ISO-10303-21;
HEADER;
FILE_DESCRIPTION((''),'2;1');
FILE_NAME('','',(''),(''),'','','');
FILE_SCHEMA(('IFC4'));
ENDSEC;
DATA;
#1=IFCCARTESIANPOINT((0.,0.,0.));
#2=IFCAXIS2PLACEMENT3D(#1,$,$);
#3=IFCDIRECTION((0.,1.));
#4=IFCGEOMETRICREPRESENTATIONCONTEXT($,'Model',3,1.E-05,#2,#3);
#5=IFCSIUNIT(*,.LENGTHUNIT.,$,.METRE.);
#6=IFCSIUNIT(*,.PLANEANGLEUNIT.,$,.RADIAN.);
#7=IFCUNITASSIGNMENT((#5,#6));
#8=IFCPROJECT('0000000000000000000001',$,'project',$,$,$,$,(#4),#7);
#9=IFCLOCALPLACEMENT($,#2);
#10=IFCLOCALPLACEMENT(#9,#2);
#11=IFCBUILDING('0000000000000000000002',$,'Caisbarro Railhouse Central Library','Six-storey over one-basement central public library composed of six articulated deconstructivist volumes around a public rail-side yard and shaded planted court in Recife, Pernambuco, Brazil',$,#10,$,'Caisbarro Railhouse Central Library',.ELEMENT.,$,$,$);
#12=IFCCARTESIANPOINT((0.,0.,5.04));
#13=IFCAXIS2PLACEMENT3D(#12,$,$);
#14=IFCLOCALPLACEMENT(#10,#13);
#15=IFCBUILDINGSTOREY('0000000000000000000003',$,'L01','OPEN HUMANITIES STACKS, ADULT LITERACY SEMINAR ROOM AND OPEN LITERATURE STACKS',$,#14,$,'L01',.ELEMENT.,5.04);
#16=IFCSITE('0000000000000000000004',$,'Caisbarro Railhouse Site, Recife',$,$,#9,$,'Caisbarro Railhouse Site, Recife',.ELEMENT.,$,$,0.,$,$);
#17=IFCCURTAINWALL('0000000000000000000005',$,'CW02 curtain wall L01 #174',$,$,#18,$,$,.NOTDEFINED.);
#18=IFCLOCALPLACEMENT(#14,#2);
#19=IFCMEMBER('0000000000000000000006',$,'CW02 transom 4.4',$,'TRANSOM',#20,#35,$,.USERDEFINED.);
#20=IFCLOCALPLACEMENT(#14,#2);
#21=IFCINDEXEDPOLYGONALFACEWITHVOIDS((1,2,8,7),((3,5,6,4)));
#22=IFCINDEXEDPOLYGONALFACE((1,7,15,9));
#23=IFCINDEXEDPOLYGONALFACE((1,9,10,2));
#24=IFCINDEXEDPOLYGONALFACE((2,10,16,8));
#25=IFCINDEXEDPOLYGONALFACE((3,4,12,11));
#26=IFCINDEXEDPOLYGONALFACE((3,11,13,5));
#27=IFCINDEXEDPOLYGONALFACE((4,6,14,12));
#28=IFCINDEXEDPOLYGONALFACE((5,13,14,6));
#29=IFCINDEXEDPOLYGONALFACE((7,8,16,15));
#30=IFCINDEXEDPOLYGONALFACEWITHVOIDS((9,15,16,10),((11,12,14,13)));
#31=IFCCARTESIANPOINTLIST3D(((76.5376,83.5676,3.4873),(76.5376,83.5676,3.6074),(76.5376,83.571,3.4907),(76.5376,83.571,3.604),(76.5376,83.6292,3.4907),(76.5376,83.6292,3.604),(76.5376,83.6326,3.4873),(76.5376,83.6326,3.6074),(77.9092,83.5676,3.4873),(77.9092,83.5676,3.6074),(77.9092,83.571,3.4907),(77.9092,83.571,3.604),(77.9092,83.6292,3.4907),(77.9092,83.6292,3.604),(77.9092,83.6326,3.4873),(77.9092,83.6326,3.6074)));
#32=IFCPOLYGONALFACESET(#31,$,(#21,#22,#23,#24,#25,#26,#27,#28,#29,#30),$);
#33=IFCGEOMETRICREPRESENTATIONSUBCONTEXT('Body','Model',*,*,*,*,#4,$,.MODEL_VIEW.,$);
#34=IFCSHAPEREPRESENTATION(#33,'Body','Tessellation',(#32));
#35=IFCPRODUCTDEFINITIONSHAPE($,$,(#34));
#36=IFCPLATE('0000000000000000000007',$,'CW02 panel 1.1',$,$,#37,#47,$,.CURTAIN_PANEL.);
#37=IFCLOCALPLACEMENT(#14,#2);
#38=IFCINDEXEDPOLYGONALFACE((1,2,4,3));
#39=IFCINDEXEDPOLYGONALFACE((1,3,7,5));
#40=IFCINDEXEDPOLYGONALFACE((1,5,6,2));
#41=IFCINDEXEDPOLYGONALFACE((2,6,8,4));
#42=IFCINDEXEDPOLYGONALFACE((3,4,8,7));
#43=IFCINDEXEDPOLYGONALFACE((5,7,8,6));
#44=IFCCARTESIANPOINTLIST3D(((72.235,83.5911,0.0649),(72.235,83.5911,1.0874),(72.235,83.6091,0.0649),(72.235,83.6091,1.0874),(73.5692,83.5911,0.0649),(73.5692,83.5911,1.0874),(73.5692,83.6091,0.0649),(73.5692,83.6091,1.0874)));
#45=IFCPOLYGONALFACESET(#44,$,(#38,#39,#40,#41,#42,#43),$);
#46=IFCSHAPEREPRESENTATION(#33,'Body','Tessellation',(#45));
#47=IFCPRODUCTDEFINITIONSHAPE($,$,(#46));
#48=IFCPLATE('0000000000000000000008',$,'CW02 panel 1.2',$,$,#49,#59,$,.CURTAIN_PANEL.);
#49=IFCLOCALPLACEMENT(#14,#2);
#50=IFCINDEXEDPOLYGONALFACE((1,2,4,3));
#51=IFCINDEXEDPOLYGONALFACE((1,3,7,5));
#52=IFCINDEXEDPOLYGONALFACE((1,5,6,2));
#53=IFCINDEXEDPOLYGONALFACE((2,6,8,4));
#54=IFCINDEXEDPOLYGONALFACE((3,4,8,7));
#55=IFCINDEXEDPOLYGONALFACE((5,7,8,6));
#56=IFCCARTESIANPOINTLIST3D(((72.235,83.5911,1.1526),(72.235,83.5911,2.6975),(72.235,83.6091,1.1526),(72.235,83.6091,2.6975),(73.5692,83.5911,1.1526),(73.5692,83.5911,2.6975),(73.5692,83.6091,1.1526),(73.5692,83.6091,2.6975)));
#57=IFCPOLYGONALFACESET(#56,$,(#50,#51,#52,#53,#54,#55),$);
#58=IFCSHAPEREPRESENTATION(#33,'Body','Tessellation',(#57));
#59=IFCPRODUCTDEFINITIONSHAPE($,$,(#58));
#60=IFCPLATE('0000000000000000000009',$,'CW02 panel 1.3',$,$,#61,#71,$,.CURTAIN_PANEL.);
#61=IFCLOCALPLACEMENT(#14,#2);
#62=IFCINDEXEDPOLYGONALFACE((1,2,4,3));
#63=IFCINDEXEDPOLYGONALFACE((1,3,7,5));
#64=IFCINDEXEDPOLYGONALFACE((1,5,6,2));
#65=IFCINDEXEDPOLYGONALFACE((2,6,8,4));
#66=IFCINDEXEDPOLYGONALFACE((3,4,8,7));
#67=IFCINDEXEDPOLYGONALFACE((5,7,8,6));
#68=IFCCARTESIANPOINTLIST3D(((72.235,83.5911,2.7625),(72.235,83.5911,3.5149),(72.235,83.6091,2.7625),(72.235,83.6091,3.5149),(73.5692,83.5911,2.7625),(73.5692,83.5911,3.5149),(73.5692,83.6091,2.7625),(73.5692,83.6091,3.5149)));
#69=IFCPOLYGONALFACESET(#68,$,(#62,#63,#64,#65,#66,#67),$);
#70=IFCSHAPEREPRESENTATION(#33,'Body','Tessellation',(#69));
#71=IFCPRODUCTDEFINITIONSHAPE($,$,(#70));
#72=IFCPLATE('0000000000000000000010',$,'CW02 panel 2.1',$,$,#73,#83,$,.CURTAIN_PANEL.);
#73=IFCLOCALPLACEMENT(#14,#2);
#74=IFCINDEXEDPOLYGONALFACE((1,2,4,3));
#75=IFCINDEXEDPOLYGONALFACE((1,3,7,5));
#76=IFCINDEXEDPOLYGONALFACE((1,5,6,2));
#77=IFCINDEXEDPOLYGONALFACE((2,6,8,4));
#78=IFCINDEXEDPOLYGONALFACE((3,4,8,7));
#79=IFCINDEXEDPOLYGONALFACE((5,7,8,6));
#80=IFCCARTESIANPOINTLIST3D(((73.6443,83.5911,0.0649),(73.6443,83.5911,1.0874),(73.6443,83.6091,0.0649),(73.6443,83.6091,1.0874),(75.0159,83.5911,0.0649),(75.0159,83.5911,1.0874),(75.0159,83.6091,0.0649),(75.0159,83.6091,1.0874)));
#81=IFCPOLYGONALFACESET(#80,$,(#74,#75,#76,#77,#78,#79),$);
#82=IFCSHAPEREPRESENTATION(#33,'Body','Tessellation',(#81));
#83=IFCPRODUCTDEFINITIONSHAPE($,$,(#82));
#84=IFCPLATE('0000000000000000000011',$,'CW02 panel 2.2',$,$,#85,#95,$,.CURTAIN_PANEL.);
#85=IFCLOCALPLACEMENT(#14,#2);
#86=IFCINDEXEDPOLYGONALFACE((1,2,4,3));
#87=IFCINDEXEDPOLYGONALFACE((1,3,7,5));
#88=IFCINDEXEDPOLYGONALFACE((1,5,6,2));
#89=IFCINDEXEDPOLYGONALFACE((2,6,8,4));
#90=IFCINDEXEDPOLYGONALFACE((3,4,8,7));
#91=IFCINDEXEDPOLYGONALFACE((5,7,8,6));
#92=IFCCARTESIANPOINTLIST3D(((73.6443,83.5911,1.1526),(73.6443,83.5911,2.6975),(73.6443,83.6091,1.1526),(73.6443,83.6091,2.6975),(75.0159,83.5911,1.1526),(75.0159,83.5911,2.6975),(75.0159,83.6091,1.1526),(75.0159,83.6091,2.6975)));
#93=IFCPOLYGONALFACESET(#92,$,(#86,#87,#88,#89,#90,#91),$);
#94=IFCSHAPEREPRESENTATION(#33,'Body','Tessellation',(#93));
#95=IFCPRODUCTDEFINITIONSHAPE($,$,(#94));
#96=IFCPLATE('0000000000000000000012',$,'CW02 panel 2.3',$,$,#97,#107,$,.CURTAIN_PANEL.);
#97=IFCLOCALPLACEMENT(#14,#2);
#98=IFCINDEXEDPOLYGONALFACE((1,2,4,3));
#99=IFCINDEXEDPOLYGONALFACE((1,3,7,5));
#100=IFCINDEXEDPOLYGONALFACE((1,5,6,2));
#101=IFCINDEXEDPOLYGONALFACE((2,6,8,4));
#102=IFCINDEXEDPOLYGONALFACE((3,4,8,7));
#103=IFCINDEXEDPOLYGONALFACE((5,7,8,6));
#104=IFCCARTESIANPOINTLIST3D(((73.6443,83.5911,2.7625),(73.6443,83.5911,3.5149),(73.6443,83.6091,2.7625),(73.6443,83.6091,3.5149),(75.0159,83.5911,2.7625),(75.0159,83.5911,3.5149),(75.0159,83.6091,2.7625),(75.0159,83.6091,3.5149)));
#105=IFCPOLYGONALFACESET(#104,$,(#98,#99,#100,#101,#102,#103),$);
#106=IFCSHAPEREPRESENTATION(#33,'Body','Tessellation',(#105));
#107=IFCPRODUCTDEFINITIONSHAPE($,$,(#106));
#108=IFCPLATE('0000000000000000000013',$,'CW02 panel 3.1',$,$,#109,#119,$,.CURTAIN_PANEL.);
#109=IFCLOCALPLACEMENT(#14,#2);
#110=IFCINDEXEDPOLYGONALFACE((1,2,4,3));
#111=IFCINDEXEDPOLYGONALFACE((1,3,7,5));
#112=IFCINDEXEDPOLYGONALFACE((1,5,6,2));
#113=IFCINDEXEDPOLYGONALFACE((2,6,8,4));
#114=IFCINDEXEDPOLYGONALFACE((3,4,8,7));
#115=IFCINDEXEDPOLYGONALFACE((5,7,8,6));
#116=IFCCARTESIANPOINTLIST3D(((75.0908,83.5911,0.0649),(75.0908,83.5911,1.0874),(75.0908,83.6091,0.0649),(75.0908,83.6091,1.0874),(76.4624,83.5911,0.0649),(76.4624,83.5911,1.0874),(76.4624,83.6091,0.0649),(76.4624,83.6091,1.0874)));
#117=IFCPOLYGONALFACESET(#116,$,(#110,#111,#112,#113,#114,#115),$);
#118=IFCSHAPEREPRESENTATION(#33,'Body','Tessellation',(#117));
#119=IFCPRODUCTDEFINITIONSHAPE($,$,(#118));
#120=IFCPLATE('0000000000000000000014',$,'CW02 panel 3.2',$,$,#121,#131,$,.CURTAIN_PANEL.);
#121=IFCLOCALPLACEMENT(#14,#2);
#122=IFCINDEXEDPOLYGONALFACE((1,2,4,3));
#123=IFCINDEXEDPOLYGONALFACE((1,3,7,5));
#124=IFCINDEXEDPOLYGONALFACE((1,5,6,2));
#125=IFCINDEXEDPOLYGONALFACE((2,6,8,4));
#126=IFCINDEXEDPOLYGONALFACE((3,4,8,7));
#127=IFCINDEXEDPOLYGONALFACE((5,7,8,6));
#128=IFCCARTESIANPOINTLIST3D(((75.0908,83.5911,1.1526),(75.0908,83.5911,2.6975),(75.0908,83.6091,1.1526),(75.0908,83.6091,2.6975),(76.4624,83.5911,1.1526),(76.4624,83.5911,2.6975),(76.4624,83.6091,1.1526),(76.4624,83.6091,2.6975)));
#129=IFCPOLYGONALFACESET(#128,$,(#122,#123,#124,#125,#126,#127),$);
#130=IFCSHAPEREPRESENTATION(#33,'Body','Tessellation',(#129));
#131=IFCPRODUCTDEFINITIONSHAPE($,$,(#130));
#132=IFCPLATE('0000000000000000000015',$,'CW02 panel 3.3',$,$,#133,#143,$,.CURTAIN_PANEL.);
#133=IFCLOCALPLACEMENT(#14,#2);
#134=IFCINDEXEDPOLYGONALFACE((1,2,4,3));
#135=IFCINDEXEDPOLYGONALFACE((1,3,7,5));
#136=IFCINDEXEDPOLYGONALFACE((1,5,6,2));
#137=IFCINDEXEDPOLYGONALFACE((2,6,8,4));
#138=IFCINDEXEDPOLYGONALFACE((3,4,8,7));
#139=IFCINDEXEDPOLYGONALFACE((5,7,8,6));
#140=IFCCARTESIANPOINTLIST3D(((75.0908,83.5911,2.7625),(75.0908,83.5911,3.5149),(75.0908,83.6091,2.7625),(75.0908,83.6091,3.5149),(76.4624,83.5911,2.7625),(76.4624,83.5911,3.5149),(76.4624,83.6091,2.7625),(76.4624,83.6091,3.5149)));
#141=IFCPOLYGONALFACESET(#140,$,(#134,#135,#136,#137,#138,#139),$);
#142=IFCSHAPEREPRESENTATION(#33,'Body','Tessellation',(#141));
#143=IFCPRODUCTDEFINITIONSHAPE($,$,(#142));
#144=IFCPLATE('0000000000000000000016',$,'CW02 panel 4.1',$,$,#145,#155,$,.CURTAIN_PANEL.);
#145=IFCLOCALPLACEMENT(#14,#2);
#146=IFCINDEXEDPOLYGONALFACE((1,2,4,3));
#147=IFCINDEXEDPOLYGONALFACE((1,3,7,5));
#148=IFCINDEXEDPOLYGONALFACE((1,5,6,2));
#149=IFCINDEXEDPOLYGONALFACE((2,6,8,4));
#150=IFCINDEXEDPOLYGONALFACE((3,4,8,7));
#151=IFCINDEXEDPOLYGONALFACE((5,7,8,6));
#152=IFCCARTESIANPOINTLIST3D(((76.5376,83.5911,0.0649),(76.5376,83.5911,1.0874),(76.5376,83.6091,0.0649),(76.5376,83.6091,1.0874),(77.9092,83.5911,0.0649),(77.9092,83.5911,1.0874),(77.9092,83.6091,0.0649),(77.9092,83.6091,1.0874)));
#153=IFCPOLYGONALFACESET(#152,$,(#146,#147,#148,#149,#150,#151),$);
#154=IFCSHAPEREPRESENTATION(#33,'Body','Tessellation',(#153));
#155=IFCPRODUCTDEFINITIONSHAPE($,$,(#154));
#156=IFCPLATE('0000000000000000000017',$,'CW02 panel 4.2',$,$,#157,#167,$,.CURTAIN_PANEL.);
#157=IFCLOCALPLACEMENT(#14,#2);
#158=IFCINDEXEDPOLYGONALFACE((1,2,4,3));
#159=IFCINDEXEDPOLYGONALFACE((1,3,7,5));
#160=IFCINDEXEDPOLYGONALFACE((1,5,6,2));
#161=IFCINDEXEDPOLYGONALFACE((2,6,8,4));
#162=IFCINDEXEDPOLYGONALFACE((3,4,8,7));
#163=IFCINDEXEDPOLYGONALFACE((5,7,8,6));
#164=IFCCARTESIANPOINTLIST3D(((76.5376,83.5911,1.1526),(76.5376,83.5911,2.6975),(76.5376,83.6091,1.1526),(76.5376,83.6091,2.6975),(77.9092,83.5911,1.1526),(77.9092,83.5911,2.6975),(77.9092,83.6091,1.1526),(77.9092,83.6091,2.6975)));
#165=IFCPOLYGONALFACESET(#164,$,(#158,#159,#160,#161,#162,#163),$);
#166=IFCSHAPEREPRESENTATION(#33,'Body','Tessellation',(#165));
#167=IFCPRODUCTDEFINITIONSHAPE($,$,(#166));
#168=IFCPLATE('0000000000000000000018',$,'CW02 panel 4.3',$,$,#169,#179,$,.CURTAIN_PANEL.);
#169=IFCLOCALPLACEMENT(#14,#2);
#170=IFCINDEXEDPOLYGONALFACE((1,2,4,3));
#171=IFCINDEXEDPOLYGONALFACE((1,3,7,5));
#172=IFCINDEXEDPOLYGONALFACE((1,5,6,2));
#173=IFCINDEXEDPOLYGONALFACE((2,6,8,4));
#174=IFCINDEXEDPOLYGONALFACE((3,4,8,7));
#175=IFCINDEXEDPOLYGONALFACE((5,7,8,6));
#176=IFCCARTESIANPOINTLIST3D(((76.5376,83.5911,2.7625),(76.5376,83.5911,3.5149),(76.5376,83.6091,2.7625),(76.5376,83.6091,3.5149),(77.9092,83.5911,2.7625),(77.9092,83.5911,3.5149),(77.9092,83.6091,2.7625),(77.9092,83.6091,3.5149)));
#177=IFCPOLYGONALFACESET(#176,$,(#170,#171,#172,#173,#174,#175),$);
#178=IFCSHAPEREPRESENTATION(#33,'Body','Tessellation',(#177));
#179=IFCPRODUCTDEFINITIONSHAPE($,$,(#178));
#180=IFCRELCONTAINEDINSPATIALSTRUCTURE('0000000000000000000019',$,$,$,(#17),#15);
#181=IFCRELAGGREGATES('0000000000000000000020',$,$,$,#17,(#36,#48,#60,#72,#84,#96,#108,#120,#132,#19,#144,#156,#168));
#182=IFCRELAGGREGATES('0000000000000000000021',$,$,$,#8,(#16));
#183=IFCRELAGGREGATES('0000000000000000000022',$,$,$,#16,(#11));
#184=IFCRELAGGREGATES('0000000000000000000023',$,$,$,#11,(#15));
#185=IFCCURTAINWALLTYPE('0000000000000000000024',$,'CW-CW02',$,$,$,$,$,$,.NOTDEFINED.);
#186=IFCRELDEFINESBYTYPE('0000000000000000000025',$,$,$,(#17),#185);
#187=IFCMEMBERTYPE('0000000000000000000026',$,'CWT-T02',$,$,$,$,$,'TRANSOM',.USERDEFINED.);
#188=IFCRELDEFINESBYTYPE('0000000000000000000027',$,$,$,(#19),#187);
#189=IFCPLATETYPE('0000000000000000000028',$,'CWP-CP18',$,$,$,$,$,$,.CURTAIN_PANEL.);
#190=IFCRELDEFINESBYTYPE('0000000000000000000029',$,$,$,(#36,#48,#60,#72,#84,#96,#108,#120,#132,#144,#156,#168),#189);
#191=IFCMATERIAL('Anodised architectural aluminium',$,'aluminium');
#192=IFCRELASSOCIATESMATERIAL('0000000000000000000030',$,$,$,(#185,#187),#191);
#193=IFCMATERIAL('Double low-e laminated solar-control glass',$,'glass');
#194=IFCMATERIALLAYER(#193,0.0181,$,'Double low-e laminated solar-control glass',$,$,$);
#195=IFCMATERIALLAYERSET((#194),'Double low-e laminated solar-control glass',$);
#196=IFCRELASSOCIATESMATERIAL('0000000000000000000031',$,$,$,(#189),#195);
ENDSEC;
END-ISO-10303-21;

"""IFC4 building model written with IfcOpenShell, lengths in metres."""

from ifc_helpers import new_model, si_unit, direction, frame, origin, origin_2d, place, context, subcontext, project, spatial, rectangle, hollow_rectangle, extrude, material, layer, layer_set, material_profile, profile_set, type_object, element, aggregate, save


model = new_model("IFC4")

# Units and contexts
model_context = context("Model", 3, precision=1e-05, world=origin(), true_north=direction((0.0, 1.0)))
body_context = subcontext(model_context, "Body", "Model", "MODEL_VIEW")
ifc_project = project(units=[si_unit("LENGTHUNIT", "METRE"), si_unit("PLANEANGLEUNIT", "RADIAN")], contexts=[model_context])

# Site, building, storey
site_placement = place(None, origin())
site = spatial("IfcSite", under=ifc_project, at=site_placement, Name="Caisbarro Railhouse Site, Recife", LongName="Caisbarro Railhouse Site, Recife", CompositionType="ELEMENT", RefElevation=0.0)
building_placement = place(site_placement, origin())
building = spatial("IfcBuilding", under=site, at=building_placement, Name="Caisbarro Railhouse Central Library", Description="Six-storey over one-basement central public library composed of six articulated deconstructivist volumes around a public rail-side yard and shaded planted court in Recife, Pernambuco, Brazil", LongName="Caisbarro Railhouse Central Library", CompositionType="ELEMENT")
storey_placement = place(building_placement, frame((0.0, 0.0, 5.04)))
storey = spatial("IfcBuildingStorey", under=building, at=storey_placement, Name="L01", Description="OPEN HUMANITIES STACKS, ADULT LITERACY SEMINAR ROOM AND OPEN LITERATURE STACKS", LongName="L01", CompositionType="ELEMENT", Elevation=5.04)

# Curtain wall, member, plates
ifc_material_1 = material(Name="Anodised architectural aluminium", Category="aluminium")
curtain_wall_type = type_object("IfcCurtainWallType", Name="CW-CW02", PredefinedType="NOTDEFINED", material=ifc_material_1)
curtain_wall_placement = place(storey_placement, origin())
curtain_wall = element("IfcCurtainWall", 1, at=curtain_wall_placement, inside=storey, type_object=curtain_wall_type, Name="CW02 curtain wall L01 #174", PredefinedType="NOTDEFINED")
ifc_material_profile_1 = material_profile(ifc_material_1, hollow_rectangle(XDim=0.0649, YDim=0.1201, WallThickness=0.0034, at=origin_2d()), Name="ALU-TRN-65X120")
ifc_profile_set_1 = profile_set([ifc_material_profile_1], Name="Anodised architectural aluminium")
member_type_1 = type_object("IfcMemberType", Name="CWT-T02", ElementType="TRANSOM", PredefinedType="USERDEFINED", material=ifc_profile_set_1)
member_1_placement = place(storey_placement, frame((76.5376, 83.6001, 3.5474), z_axis=(1.0, 0.0, 0.0), x_axis=(0.0, 1.0, 0.0)))
member_1 = element("IfcMember", 2, at=member_1_placement, type_object=member_type_1, Name="CW02 transom 4.4", ObjectType="TRANSOM", PredefinedType="USERDEFINED", context=body_context, shape_type="SweptSolid", body=[
    extrude(hollow_rectangle(XDim=0.0649, YDim=0.1201, WallThickness=0.0034, at=origin_2d()), origin(), (0.0, 0.0, 1.0), 1.3716),
])
ifc_material_2 = material(Name="Double low-e laminated solar-control glass", Category="glass")
ifc_layer = layer(ifc_material_2, 0.0181, Name="Double low-e laminated solar-control glass")
ifc_layer_set = layer_set([ifc_layer], Name="Double low-e laminated solar-control glass")
plate_type = type_object("IfcPlateType", Name="CWP-CP18", PredefinedType="CURTAIN_PANEL", material=ifc_layer_set)
plate_1_placement = place(storey_placement, frame((72.9021, 83.6001, 0.0649), z_axis=(0.0, 0.0, 1.0), x_axis=(1.0, 0.0, 0.0)))
plate_1 = element("IfcPlate", 3, at=plate_1_placement, type_object=plate_type, Name="CW02 panel 1.1", PredefinedType="CURTAIN_PANEL", context=body_context, shape_type="SweptSolid", body=[
    extrude(rectangle(XDim=1.3342, YDim=0.0181, at=origin_2d()), origin(), (0.0, 0.0, 1.0), 1.0225),
])
plate_2_placement = place(storey_placement, frame((72.9021, 83.6001, 1.1526), z_axis=(0.0, 0.0, 1.0), x_axis=(1.0, 0.0, 0.0)))
plate_2 = element("IfcPlate", 4, at=plate_2_placement, type_object=plate_type, Name="CW02 panel 1.2", PredefinedType="CURTAIN_PANEL", context=body_context, shape_type="SweptSolid", body=[
    extrude(rectangle(XDim=1.3342, YDim=0.0181, at=origin_2d()), origin(), (0.0, 0.0, 1.0), 1.5449),
])
plate_3_placement = place(storey_placement, frame((72.9021, 83.6001, 2.7625), z_axis=(0.0, 0.0, 1.0), x_axis=(1.0, 0.0, 0.0)))
plate_3 = element("IfcPlate", 5, at=plate_3_placement, type_object=plate_type, Name="CW02 panel 1.3", PredefinedType="CURTAIN_PANEL", context=body_context, shape_type="SweptSolid", body=[
    extrude(rectangle(XDim=1.3342, YDim=0.0181, at=origin_2d()), origin(), (0.0, 0.0, 1.0), 0.7524),
])
plate_4_placement = place(storey_placement, frame((74.3301, 83.6001, 0.0649), z_axis=(0.0, 0.0, 1.0), x_axis=(1.0, 0.0, 0.0)))
plate_4 = element("IfcPlate", 6, at=plate_4_placement, type_object=plate_type, Name="CW02 panel 2.1", PredefinedType="CURTAIN_PANEL", context=body_context, shape_type="SweptSolid", body=[
    extrude(rectangle(XDim=1.3716, YDim=0.0181, at=origin_2d()), origin(), (0.0, 0.0, 1.0), 1.0225),
])
plate_5_placement = place(storey_placement, frame((74.3301, 83.6001, 1.1526), z_axis=(0.0, 0.0, 1.0), x_axis=(1.0, 0.0, 0.0)))
plate_5 = element("IfcPlate", 7, at=plate_5_placement, type_object=plate_type, Name="CW02 panel 2.2", PredefinedType="CURTAIN_PANEL", context=body_context, shape_type="SweptSolid", body=[
    extrude(rectangle(XDim=1.3716, YDim=0.0181, at=origin_2d()), origin(), (0.0, 0.0, 1.0), 1.5449),
])
plate_6_placement = place(storey_placement, frame((74.3301, 83.6001, 2.7625), z_axis=(0.0, 0.0, 1.0), x_axis=(1.0, 0.0, 0.0)))
plate_6 = element("IfcPlate", 8, at=plate_6_placement, type_object=plate_type, Name="CW02 panel 2.3", PredefinedType="CURTAIN_PANEL", context=body_context, shape_type="SweptSolid", body=[
    extrude(rectangle(XDim=1.3716, YDim=0.0181, at=origin_2d()), origin(), (0.0, 0.0, 1.0), 0.7524),
])
plate_7_placement = place(storey_placement, frame((75.7766, 83.6001, 0.0649), z_axis=(0.0, 0.0, 1.0), x_axis=(1.0, 0.0, 0.0)))
plate_7 = element("IfcPlate", 9, at=plate_7_placement, type_object=plate_type, Name="CW02 panel 3.1", PredefinedType="CURTAIN_PANEL", context=body_context, shape_type="SweptSolid", body=[
    extrude(rectangle(XDim=1.3716, YDim=0.0181, at=origin_2d()), origin(), (0.0, 0.0, 1.0), 1.0225),
])
plate_8_placement = place(storey_placement, frame((75.7766, 83.6001, 1.1526), z_axis=(0.0, 0.0, 1.0), x_axis=(1.0, 0.0, 0.0)))
plate_8 = element("IfcPlate", 10, at=plate_8_placement, type_object=plate_type, Name="CW02 panel 3.2", PredefinedType="CURTAIN_PANEL", context=body_context, shape_type="SweptSolid", body=[
    extrude(rectangle(XDim=1.3716, YDim=0.0181, at=origin_2d()), origin(), (0.0, 0.0, 1.0), 1.5449),
])
plate_9_placement = place(storey_placement, frame((75.7766, 83.6001, 2.7625), z_axis=(0.0, 0.0, 1.0), x_axis=(1.0, 0.0, 0.0)))
plate_9 = element("IfcPlate", 11, at=plate_9_placement, type_object=plate_type, Name="CW02 panel 3.3", PredefinedType="CURTAIN_PANEL", context=body_context, shape_type="SweptSolid", body=[
    extrude(rectangle(XDim=1.3716, YDim=0.0181, at=origin_2d()), origin(), (0.0, 0.0, 1.0), 0.7524),
])
plate_10_placement = place(storey_placement, frame((77.2234, 83.6001, 0.0649), z_axis=(0.0, 0.0, 1.0), x_axis=(1.0, 0.0, 0.0)))
plate_10 = element("IfcPlate", 12, at=plate_10_placement, type_object=plate_type, Name="CW02 panel 4.1", PredefinedType="CURTAIN_PANEL", context=body_context, shape_type="SweptSolid", body=[
    extrude(rectangle(XDim=1.3716, YDim=0.0181, at=origin_2d()), origin(), (0.0, 0.0, 1.0), 1.0225),
])
plate_11_placement = place(storey_placement, frame((77.2234, 83.6001, 1.1526), z_axis=(0.0, 0.0, 1.0), x_axis=(1.0, 0.0, 0.0)))
plate_11 = element("IfcPlate", 13, at=plate_11_placement, type_object=plate_type, Name="CW02 panel 4.2", PredefinedType="CURTAIN_PANEL", context=body_context, shape_type="SweptSolid", body=[
    extrude(rectangle(XDim=1.3716, YDim=0.0181, at=origin_2d()), origin(), (0.0, 0.0, 1.0), 1.5449),
])
plate_12_placement = place(storey_placement, frame((77.2234, 83.6001, 2.7625), z_axis=(0.0, 0.0, 1.0), x_axis=(1.0, 0.0, 0.0)))
plate_12 = element("IfcPlate", 14, at=plate_12_placement, type_object=plate_type, Name="CW02 panel 4.3", PredefinedType="CURTAIN_PANEL", context=body_context, shape_type="SweptSolid", body=[
    extrude(rectangle(XDim=1.3716, YDim=0.0181, at=origin_2d()), origin(), (0.0, 0.0, 1.0), 0.7524),
])
aggregate(curtain_wall, [plate_1, plate_2, plate_3, plate_4, plate_5, plate_6, plate_7, plate_8, plate_9, member_1, plate_10, plate_11, plate_12])

save(model, "model.ifc")
